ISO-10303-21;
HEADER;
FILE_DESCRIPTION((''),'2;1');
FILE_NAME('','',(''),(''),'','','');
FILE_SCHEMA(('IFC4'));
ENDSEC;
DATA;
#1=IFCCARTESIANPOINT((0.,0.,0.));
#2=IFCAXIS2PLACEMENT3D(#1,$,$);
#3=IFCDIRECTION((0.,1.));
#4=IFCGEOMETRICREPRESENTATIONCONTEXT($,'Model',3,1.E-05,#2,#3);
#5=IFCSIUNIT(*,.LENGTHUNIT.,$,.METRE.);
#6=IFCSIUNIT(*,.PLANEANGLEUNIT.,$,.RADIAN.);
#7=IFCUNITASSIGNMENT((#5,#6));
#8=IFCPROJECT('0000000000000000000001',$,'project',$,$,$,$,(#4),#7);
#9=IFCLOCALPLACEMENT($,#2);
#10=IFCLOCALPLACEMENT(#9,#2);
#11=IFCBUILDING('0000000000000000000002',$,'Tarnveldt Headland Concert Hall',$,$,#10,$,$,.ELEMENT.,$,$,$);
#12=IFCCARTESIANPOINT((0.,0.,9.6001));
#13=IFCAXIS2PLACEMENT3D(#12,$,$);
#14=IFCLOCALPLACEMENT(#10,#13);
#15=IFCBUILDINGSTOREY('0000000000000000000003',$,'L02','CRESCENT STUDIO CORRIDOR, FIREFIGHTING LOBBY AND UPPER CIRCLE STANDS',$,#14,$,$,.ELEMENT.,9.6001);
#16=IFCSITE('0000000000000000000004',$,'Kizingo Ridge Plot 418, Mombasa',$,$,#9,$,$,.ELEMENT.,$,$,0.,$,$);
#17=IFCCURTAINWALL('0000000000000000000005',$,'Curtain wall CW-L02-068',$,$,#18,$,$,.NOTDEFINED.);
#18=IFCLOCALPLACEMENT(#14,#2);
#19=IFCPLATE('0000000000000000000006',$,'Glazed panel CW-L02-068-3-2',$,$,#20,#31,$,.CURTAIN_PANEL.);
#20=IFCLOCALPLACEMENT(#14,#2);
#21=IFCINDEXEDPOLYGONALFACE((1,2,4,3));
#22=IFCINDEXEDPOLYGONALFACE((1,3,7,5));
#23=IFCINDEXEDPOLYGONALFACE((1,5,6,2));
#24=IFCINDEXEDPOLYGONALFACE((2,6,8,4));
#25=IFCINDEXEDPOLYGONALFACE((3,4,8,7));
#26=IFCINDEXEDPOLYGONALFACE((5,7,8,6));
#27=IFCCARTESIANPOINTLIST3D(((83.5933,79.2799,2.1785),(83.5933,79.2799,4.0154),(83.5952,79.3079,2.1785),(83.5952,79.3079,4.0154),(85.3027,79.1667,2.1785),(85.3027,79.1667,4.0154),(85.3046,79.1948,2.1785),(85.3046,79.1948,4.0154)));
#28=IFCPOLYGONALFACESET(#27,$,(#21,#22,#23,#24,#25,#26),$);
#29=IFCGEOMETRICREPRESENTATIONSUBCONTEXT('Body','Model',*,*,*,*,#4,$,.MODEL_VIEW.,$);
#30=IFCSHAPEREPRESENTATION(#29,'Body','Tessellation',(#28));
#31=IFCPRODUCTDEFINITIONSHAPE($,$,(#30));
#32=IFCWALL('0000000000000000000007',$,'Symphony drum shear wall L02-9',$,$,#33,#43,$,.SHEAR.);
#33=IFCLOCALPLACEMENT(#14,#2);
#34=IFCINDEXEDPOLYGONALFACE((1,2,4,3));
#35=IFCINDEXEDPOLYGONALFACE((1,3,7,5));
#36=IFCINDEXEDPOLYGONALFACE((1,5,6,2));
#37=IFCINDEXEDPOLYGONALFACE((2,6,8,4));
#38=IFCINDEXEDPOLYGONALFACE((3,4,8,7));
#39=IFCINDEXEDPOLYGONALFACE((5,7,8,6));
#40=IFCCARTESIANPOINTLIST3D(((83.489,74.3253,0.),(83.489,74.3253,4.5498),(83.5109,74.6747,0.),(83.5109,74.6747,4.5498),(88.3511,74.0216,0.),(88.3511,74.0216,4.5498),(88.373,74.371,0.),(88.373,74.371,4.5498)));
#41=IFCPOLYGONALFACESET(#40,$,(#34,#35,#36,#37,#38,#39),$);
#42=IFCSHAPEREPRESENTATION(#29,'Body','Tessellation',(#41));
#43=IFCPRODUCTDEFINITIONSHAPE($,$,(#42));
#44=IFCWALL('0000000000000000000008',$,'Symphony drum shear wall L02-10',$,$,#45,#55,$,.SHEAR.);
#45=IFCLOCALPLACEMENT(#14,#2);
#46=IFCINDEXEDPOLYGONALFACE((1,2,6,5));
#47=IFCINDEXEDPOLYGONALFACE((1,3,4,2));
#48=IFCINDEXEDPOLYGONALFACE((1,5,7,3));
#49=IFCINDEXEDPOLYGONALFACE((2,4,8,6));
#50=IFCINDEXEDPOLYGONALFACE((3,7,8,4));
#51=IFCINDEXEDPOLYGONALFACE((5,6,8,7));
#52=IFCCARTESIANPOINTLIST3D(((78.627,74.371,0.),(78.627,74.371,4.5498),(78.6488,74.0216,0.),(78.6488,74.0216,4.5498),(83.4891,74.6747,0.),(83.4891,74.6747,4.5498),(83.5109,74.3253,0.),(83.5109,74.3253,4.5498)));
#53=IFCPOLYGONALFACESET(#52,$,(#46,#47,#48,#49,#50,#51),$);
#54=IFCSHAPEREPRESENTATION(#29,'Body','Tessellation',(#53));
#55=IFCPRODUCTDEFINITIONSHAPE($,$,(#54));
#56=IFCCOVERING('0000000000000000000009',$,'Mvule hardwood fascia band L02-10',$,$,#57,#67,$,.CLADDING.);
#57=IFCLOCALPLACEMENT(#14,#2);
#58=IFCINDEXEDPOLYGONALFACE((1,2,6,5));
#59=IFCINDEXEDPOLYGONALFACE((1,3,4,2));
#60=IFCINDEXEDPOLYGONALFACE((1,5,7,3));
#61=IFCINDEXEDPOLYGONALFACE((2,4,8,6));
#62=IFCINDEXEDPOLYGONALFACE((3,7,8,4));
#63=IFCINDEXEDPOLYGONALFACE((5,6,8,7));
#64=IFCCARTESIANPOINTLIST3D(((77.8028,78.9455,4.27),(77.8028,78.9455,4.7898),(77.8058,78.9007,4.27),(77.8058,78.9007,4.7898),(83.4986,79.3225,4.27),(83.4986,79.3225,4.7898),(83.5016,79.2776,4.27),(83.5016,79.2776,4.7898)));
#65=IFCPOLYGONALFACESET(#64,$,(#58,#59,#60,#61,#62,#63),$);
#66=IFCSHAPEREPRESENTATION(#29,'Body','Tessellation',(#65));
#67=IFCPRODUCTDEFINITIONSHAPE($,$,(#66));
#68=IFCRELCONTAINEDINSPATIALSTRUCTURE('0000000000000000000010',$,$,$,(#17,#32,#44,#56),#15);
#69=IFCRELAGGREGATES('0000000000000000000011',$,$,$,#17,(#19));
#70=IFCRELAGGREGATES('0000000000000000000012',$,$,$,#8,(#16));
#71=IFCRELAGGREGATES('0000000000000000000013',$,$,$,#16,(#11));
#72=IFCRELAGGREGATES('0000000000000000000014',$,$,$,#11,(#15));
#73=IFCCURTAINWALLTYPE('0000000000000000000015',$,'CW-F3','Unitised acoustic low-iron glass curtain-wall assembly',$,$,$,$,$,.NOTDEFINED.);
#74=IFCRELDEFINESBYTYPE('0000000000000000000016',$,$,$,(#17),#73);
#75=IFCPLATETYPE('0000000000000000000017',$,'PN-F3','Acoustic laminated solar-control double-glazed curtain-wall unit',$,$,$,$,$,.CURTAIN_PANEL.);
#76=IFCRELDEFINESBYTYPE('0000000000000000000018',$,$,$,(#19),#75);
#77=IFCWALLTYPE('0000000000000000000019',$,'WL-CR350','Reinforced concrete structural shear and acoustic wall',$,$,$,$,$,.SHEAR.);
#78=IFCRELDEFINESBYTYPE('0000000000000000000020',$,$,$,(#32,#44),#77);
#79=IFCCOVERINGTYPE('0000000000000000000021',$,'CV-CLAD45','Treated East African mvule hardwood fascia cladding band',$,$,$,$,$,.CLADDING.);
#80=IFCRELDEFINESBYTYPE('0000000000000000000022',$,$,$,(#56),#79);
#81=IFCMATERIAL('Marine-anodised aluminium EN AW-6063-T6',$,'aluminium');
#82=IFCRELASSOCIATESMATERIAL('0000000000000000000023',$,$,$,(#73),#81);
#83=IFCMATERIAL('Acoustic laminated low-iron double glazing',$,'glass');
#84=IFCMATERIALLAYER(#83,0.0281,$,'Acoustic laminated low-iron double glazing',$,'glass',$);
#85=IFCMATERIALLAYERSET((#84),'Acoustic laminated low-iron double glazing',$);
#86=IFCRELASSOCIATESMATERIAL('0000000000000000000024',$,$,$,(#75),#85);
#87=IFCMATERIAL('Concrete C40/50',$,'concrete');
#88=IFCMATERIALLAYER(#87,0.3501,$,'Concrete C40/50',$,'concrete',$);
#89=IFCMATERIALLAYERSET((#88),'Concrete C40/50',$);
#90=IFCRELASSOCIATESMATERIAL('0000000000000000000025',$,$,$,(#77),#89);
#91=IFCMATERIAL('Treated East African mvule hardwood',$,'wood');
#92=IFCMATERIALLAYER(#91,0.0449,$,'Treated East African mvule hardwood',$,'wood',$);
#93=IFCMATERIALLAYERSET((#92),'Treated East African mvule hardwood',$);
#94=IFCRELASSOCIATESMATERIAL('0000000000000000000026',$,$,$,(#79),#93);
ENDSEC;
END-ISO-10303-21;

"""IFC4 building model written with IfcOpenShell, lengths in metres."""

from ifc_helpers import new_model, si_unit, direction, frame, frame_2d, origin, origin_2d, place, context, subcontext, project, spatial, rectangle, extrude, material, layer, layer_set, type_object, element, aggregate, save


model = new_model("IFC4")

# Units and contexts
model_context = context("Model", 3, precision=1e-05, world=origin(), true_north=direction((0.0, 1.0)))
body_context = subcontext(model_context, "Body", "Model", "MODEL_VIEW")
ifc_project = project(units=[si_unit("LENGTHUNIT", "METRE"), si_unit("PLANEANGLEUNIT", "RADIAN")], contexts=[model_context])

# Site, building, storey
site_placement = place(None, origin())
site = spatial("IfcSite", under=ifc_project, at=site_placement, Name="Kizingo Ridge Plot 418, Mombasa", CompositionType="ELEMENT", RefElevation=0.0)
building_placement = place(site_placement, origin())
building = spatial("IfcBuilding", under=site, at=building_placement, Name="Tarnveldt Headland Concert Hall", CompositionType="ELEMENT")
storey_placement = place(building_placement, frame((0.0, 0.0, 9.6001)))
storey = spatial("IfcBuildingStorey", under=building, at=storey_placement, Name="L02", Description="CRESCENT STUDIO CORRIDOR, FIREFIGHTING LOBBY AND UPPER CIRCLE STANDS", CompositionType="ELEMENT", Elevation=9.6001)

# Curtain wall
ifc_material_1 = material(Name="Marine-anodised aluminium EN AW-6063-T6", Category="aluminium")
curtain_wall_type = type_object("IfcCurtainWallType", Name="CW-F3", Description="Unitised acoustic low-iron glass curtain-wall assembly", PredefinedType="NOTDEFINED", material=ifc_material_1)
curtain_wall_1_placement = place(storey_placement, origin())
curtain_wall_1 = element("IfcCurtainWall", 1, at=curtain_wall_1_placement, inside=storey, type_object=curtain_wall_type, Name="Curtain wall CW-L02-068", PredefinedType="NOTDEFINED")

# Plate
ifc_material_2 = material(Name="Acoustic laminated low-iron double glazing", Category="glass")
ifc_layer_1 = layer(ifc_material_2, 0.0281, Name="Acoustic laminated low-iron double glazing", Category="glass")
ifc_layer_set_1 = layer_set([ifc_layer_1], Name="Acoustic laminated low-iron double glazing")
plate_type_1 = type_object("IfcPlateType", Name="PN-F3", Description="Acoustic laminated solar-control double-glazed curtain-wall unit", PredefinedType="CURTAIN_PANEL", material=ifc_layer_set_1)
plate_1_placement = place(storey_placement, frame((84.449, 79.2373, 2.1785), z_axis=(0.0, 0.0, 1.0), x_axis=(-0.997818, 0.06603, 0.0)))
plate_1 = element("IfcPlate", 2, at=plate_1_placement, type_object=plate_type_1, Name="Glazed panel CW-L02-068-3-2", PredefinedType="CURTAIN_PANEL", context=body_context, shape_type="SweptSolid", body=[
    extrude(rectangle(XDim=1.7131, YDim=0.0281, at=origin_2d()), origin(), (0.0, 0.0, 1.0), 1.8369),
])
aggregate(curtain_wall_1, [plate_1])

# Walls
ifc_material_3 = material(Name="Concrete C40/50", Category="concrete")
ifc_layer_2 = layer(ifc_material_3, 0.3501, Name="Concrete C40/50", Category="concrete")
ifc_layer_set_2 = layer_set([ifc_layer_2], Name="Concrete C40/50")
wall_type = type_object("IfcWallType", Name="WL-CR350", Description="Reinforced concrete structural shear and acoustic wall", PredefinedType="SHEAR", material=ifc_layer_set_2)
for number, where, z_axis, x_axis, name in (
    (3, (88.3621, 74.1963, 0.0), (0.0, 0.0, 1.0), (-0.998055, 0.062344, 0.0), "Symphony drum shear wall L02-9"),
    (4, (83.5, 74.5, 0.0), (0.0, 0.0, 1.0), (-0.998055, -0.062344, 0.0), "Symphony drum shear wall L02-10"),
):
    element("IfcWall", number, at=place(storey_placement, frame(where, z_axis=z_axis, x_axis=x_axis)), inside=storey, type_object=wall_type, Name=name, PredefinedType="SHEAR", context=body_context, shape_type="SweptSolid", body=[
        extrude(rectangle(XDim=4.8716, YDim=0.3501, at=frame_2d((2.4358, 0.0))), origin(), (0.0, 0.0, 1.0), 4.5498),
    ])

# Covering
ifc_material_4 = material(Name="Treated East African mvule hardwood", Category="wood")
ifc_layer_3 = layer(ifc_material_4, 0.0449, Name="Treated East African mvule hardwood", Category="wood")
ifc_layer_set_3 = layer_set([ifc_layer_3], Name="Treated East African mvule hardwood")
covering_type = type_object("IfcCoveringType", Name="CV-CLAD45", Description="Treated East African mvule hardwood fascia cladding band", PredefinedType="CLADDING", material=ifc_layer_set_3)
covering_placement = place(storey_placement, frame((83.5, 79.3, 4.27), z_axis=(0.0, 0.0, 1.0), x_axis=(-0.997817, -0.066036, 0.0)))
element("IfcCovering", 5, at=covering_placement, inside=storey, type_object=covering_type, Name="Mvule hardwood fascia band L02-10", PredefinedType="CLADDING", context=body_context, shape_type="SweptSolid", body=[
    extrude(rectangle(XDim=5.7083, YDim=0.0449, at=frame_2d((2.854, 0.0))), origin(), (0.0, 0.0, 1.0), 0.5198),
])

save(model, "model.ifc")
